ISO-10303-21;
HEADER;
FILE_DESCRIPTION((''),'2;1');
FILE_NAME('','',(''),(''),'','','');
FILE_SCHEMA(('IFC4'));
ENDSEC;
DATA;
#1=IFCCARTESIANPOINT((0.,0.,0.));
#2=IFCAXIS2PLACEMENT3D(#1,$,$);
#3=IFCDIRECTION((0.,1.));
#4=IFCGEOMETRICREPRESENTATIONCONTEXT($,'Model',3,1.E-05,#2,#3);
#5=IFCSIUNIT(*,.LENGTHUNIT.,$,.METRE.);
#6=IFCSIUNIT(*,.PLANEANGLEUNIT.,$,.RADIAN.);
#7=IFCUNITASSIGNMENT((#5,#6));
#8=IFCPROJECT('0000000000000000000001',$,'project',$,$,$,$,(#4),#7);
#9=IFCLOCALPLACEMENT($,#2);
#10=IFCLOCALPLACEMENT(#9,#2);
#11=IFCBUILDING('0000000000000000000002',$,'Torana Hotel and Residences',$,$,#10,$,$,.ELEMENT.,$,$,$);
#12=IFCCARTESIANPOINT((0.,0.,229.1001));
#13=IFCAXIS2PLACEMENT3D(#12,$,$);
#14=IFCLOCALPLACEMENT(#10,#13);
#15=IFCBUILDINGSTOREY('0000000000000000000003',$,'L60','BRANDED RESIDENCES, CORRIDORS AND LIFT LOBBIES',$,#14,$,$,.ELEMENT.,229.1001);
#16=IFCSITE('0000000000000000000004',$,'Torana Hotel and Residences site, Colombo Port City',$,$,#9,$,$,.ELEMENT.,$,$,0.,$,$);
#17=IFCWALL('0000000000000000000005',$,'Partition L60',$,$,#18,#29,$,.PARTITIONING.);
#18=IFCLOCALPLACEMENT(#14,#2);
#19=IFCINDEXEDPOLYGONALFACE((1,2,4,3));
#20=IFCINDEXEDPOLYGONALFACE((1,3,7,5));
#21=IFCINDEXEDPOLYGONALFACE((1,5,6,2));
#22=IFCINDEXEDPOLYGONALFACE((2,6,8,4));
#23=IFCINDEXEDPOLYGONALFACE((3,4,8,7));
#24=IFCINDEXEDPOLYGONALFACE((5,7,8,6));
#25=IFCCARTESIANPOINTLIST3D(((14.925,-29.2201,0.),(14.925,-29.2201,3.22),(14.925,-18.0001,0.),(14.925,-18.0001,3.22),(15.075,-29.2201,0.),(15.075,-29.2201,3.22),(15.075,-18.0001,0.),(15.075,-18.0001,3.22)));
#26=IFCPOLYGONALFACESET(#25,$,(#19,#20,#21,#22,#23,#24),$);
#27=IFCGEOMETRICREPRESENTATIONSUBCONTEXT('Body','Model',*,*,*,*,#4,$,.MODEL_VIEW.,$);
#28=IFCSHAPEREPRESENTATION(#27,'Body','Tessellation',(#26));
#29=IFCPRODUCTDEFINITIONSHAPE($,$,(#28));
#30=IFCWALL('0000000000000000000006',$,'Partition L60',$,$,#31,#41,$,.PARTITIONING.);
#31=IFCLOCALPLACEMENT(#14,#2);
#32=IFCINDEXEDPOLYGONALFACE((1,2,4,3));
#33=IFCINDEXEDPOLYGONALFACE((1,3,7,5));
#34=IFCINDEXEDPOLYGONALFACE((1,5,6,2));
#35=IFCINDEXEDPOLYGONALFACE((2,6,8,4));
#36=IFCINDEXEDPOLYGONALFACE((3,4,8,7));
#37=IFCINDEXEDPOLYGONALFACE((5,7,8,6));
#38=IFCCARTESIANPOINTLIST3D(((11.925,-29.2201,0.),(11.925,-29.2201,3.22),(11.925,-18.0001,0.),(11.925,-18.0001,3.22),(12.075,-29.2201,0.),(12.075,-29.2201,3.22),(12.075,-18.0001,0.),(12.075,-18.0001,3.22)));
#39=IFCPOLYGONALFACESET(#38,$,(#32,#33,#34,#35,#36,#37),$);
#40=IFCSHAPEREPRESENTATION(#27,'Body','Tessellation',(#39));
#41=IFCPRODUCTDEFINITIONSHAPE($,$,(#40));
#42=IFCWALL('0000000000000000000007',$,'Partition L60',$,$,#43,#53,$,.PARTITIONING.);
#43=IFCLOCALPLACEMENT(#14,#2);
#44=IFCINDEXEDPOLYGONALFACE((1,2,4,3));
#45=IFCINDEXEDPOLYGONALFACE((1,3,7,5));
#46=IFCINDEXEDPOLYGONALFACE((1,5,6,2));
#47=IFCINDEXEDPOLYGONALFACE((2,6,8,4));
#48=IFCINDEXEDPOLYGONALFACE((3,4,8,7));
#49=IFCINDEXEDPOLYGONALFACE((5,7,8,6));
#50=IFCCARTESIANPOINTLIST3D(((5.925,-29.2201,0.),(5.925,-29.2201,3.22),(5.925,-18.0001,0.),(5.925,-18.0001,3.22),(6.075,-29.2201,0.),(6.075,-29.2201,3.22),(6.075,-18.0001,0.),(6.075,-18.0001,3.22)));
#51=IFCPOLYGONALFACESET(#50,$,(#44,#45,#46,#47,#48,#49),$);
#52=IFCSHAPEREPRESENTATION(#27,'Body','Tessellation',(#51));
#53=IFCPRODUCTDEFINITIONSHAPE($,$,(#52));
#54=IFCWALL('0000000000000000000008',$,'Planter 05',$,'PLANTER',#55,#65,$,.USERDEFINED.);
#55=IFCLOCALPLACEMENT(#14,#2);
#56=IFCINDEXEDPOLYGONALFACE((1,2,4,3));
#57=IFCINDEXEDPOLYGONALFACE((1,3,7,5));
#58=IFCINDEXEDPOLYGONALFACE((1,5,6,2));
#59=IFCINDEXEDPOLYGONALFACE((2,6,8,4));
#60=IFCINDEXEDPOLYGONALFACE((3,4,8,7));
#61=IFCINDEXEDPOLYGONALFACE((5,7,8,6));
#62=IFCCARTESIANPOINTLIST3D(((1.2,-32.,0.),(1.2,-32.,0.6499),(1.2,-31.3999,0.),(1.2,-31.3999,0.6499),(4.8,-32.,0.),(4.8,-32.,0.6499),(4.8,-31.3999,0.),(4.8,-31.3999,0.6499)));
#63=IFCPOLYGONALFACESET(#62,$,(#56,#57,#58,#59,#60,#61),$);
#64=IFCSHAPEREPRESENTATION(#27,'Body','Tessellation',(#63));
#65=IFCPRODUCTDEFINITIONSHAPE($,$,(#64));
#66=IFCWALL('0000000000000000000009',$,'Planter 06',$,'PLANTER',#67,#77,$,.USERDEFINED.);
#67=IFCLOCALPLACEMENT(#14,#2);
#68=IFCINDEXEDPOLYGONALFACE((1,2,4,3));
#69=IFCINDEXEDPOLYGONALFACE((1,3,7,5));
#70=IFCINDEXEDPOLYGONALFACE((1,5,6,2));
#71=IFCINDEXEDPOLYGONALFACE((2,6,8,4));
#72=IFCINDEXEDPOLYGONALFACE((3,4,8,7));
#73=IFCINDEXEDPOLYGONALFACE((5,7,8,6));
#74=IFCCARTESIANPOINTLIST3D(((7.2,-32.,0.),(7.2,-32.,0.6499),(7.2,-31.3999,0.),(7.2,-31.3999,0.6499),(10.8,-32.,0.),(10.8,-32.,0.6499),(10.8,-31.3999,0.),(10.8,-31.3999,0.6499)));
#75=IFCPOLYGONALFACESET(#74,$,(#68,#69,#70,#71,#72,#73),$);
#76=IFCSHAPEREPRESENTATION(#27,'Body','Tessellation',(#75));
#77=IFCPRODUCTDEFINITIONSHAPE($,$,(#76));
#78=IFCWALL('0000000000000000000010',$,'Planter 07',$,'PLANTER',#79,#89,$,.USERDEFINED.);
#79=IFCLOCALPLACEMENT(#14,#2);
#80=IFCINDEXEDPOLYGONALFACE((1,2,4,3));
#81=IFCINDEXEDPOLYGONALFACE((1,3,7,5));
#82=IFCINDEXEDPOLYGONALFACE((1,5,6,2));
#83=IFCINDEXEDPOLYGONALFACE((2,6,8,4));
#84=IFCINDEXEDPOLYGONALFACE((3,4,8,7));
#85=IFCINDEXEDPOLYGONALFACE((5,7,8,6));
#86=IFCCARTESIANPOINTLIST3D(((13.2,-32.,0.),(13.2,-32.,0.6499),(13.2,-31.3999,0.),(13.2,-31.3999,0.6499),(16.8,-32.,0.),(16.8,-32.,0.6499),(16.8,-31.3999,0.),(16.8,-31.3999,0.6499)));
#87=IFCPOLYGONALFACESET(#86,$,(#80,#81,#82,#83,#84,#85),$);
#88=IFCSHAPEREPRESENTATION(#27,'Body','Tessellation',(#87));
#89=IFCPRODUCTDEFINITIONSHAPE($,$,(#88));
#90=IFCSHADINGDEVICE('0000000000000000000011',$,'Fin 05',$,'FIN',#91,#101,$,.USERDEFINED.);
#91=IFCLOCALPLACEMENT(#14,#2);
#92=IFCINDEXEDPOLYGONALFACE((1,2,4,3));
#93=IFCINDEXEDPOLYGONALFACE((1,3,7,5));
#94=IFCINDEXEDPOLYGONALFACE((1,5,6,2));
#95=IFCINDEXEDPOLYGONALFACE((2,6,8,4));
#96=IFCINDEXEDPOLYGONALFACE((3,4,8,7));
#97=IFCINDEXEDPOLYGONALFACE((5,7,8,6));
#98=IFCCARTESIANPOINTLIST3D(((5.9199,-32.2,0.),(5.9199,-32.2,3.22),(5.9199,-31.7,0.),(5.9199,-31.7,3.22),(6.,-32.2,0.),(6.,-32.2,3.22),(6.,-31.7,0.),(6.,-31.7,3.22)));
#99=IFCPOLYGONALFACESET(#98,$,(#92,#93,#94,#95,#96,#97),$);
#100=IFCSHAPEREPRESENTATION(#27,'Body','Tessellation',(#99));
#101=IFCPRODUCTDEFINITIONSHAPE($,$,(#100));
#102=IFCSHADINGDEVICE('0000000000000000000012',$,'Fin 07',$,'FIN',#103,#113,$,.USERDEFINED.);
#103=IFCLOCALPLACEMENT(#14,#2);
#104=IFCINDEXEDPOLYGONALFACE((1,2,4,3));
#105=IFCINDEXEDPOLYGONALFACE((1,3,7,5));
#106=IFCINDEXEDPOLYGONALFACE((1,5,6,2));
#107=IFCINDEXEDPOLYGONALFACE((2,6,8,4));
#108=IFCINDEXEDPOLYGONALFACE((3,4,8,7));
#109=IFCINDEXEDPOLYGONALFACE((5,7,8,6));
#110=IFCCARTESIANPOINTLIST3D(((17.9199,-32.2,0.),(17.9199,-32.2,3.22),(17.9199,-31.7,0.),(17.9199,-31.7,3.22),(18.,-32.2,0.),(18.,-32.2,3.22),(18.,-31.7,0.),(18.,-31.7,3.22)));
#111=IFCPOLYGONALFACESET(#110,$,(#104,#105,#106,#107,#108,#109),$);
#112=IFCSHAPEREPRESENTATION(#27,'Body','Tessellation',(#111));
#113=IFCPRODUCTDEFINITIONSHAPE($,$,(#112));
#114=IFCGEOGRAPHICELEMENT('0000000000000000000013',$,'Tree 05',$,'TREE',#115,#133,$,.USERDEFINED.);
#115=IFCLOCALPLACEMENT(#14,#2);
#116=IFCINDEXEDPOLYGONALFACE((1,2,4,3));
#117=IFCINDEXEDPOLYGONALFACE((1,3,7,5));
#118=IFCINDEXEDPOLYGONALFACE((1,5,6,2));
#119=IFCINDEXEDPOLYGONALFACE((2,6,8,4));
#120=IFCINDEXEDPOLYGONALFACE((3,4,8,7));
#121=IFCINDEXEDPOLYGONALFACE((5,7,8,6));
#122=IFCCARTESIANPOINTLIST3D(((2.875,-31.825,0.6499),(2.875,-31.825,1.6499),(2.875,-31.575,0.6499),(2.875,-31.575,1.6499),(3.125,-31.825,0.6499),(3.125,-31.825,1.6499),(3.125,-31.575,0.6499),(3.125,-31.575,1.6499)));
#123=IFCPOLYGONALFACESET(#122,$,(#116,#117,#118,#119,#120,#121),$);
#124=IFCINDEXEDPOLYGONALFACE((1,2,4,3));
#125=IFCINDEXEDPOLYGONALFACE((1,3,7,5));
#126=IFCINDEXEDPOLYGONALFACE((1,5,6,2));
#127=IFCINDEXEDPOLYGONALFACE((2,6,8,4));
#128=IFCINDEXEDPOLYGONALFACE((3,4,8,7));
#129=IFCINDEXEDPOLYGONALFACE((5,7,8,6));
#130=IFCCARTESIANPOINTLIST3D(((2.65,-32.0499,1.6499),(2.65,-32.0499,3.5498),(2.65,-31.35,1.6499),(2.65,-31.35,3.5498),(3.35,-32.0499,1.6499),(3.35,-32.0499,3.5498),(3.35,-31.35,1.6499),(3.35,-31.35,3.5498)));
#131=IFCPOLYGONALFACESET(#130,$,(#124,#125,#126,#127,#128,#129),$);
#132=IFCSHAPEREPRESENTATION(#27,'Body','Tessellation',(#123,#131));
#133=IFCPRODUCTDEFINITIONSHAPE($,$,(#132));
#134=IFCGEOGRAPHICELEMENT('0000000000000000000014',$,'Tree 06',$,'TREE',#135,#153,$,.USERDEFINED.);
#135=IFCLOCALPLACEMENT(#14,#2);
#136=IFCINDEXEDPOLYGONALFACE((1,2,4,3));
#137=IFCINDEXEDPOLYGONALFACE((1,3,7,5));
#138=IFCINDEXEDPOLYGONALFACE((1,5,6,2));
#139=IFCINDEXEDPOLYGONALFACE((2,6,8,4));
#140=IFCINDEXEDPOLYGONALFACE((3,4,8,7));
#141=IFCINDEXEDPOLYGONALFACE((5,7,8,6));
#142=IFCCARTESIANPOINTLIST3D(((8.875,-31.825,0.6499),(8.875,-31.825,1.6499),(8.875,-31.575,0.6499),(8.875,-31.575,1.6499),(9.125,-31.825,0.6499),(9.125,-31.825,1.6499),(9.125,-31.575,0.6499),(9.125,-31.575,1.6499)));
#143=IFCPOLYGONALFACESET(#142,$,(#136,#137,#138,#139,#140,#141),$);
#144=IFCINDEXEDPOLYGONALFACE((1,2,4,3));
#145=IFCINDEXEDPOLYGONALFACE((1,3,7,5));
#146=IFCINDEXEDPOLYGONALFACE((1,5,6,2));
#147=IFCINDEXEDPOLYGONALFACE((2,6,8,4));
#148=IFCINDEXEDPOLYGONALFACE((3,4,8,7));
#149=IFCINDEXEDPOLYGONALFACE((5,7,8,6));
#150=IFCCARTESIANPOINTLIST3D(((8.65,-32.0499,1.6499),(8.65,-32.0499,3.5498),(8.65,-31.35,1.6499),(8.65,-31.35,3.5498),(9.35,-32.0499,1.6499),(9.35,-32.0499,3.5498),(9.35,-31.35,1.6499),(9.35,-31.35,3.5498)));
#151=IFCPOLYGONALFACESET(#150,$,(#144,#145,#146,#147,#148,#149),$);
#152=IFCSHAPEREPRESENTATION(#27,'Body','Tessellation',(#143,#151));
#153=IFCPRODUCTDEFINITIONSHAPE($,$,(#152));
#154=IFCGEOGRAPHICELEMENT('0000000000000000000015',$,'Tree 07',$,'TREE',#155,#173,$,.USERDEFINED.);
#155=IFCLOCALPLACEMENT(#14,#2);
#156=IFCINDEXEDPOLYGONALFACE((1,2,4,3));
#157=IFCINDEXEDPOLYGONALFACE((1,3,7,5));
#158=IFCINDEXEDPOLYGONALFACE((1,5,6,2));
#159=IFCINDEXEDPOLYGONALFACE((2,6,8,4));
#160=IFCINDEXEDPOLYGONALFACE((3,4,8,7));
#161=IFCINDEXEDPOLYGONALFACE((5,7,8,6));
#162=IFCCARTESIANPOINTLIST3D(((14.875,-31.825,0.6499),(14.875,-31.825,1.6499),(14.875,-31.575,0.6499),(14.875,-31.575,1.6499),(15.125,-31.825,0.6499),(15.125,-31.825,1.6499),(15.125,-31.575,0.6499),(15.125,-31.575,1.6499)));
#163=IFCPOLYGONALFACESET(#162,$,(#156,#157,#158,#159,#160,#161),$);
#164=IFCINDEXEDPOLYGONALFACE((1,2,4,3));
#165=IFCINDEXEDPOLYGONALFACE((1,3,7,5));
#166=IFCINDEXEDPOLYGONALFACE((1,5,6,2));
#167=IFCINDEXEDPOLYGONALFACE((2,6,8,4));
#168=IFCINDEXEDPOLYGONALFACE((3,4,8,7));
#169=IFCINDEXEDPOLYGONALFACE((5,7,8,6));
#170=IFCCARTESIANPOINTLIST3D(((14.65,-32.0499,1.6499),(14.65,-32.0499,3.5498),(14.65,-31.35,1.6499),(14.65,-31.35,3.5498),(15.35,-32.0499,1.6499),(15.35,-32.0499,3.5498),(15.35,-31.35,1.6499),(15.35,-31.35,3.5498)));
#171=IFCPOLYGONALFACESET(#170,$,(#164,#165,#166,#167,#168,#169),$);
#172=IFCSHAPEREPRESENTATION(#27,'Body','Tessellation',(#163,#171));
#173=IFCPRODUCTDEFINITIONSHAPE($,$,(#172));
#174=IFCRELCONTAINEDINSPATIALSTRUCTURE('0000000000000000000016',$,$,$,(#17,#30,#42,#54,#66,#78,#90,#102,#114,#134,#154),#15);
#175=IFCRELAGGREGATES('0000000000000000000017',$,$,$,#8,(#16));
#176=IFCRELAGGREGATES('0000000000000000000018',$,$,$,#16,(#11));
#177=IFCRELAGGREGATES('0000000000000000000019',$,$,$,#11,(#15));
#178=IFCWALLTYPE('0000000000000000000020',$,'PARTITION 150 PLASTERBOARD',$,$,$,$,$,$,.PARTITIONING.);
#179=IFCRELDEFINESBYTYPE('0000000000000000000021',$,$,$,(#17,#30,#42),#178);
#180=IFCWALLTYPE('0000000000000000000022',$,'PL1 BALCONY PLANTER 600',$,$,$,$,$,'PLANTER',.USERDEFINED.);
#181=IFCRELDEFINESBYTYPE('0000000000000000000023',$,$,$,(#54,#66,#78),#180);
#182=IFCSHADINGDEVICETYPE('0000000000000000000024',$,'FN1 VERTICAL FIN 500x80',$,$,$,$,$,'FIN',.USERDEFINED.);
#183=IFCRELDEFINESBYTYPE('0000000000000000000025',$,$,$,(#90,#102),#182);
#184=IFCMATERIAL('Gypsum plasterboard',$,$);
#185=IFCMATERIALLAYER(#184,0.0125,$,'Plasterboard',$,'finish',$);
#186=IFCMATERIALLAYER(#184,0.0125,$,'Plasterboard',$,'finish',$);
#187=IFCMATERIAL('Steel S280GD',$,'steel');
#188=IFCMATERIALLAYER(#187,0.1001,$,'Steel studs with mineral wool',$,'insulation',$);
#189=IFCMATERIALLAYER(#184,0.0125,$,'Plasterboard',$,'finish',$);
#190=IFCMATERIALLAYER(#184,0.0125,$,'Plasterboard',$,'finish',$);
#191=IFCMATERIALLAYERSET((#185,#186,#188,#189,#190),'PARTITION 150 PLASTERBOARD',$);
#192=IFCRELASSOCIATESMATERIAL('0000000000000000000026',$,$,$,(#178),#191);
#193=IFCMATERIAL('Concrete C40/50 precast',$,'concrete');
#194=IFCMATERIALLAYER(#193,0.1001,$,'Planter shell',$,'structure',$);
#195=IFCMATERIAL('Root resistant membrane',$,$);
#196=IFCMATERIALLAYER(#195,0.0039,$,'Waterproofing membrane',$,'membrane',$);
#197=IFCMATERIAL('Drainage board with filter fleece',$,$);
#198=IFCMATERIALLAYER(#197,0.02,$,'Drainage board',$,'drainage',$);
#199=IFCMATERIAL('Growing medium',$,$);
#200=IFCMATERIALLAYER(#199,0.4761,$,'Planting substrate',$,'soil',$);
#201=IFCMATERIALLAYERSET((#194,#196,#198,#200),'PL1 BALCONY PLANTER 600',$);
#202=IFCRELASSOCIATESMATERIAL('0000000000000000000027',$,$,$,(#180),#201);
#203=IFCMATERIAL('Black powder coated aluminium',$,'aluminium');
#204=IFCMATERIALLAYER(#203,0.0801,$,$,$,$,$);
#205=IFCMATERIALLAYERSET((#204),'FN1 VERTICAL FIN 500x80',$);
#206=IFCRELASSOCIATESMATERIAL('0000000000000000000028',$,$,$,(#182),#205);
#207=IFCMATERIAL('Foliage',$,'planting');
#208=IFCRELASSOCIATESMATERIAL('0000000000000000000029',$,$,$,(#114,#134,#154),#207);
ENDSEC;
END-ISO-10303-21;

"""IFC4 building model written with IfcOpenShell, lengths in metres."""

from ifc_helpers import new_model, si_unit, direction, frame, frame_2d, origin, origin_2d, place, context, subcontext, project, spatial, rectangle, extrude, material, layer, layer_set, type_object, element, save


model = new_model("IFC4")

# Units and contexts
model_context = context("Model", 3, precision=1e-05, world=origin(), true_north=direction((0.0, 1.0)))
body_context = subcontext(model_context, "Body", "Model", "MODEL_VIEW")
ifc_project = project(units=[si_unit("LENGTHUNIT", "METRE"), si_unit("PLANEANGLEUNIT", "RADIAN")], contexts=[model_context])

# Site, building, storey
site_placement = place(None, origin())
site = spatial("IfcSite", under=ifc_project, at=site_placement, Name="Torana Hotel and Residences site, Colombo Port City", CompositionType="ELEMENT", RefElevation=0.0)
building_placement = place(site_placement, origin())
building = spatial("IfcBuilding", under=site, at=building_placement, Name="Torana Hotel and Residences", CompositionType="ELEMENT")
storey_placement = place(building_placement, frame((0.0, 0.0, 229.1001)))
storey = spatial("IfcBuildingStorey", under=building, at=storey_placement, Name="L60", Description="BRANDED RESIDENCES, CORRIDORS AND LIFT LOBBIES", CompositionType="ELEMENT", Elevation=229.1001)

# Walls
ifc_material_1 = material(Name="Gypsum plasterboard")
ifc_layer_1 = layer(ifc_material_1, 0.0125, Name="Plasterboard", Category="finish")
ifc_layer_2 = layer(ifc_material_1, 0.0125, Name="Plasterboard", Category="finish")
ifc_material_2 = material(Name="Steel S280GD", Category="steel")
ifc_layer_3 = layer(ifc_material_2, 0.1001, Name="Steel studs with mineral wool", Category="insulation")
ifc_layer_4 = layer(ifc_material_1, 0.0125, Name="Plasterboard", Category="finish")
ifc_layer_5 = layer(ifc_material_1, 0.0125, Name="Plasterboard", Category="finish")
ifc_layer_set_1 = layer_set([ifc_layer_1, ifc_layer_2, ifc_layer_3, ifc_layer_4, ifc_layer_5], Name="PARTITION 150 PLASTERBOARD")
wall_type_1 = type_object("IfcWallType", Name="PARTITION 150 PLASTERBOARD", PredefinedType="PARTITIONING", material=ifc_layer_set_1)
for number, where, z_axis, x_axis, name in (
    (1, (15.0, -29.22, 0.0), (0.0, 0.0, 1.0), (0.0, 1.0, 0.0), "Partition L60"),
    (2, (12.0, -29.22, 0.0), (0.0, 0.0, 1.0), (0.0, 1.0, 0.0), "Partition L60"),
    (3, (6.0, -29.22, 0.0), (0.0, 0.0, 1.0), (0.0, 1.0, 0.0), "Partition L60"),
):
    element("IfcWall", number, at=place(storey_placement, frame(where, z_axis=z_axis, x_axis=x_axis)), inside=storey, type_object=wall_type_1, Name=name, PredefinedType="PARTITIONING", context=body_context, shape_type="SweptSolid", body=[
        extrude(rectangle(XDim=11.22, YDim=0.1499, at=frame_2d((5.6099, 0.0))), origin(), (0.0, 0.0, 1.0), 3.22),
    ])
ifc_material_3 = material(Name="Concrete C40/50 precast", Category="concrete")
ifc_layer_6 = layer(ifc_material_3, 0.1001, Name="Planter shell", Category="structure")
ifc_material_4 = material(Name="Root resistant membrane")
ifc_layer_7 = layer(ifc_material_4, 0.0039, Name="Waterproofing membrane", Category="membrane")
ifc_material_5 = material(Name="Drainage board with filter fleece")
ifc_layer_8 = layer(ifc_material_5, 0.02, Name="Drainage board", Category="drainage")
ifc_material_6 = material(Name="Growing medium")
ifc_layer_9 = layer(ifc_material_6, 0.4761, Name="Planting substrate", Category="soil")
ifc_layer_set_2 = layer_set([ifc_layer_6, ifc_layer_7, ifc_layer_8, ifc_layer_9], Name="PL1 BALCONY PLANTER 600")
wall_type_2 = type_object("IfcWallType", Name="PL1 BALCONY PLANTER 600", ElementType="PLANTER", PredefinedType="USERDEFINED", material=ifc_layer_set_2)
for number, where, z_axis, x_axis, name in (
    (4, (4.8, -31.7, 0.0), (0.0, 0.0, 1.0), (-1.0, 0.0, 0.0), "Planter 05"),
    (5, (10.8, -31.7, 0.0), (0.0, 0.0, 1.0), (-1.0, 0.0, 0.0), "Planter 06"),
    (6, (16.8, -31.7, 0.0), (0.0, 0.0, 1.0), (-1.0, 0.0, 0.0), "Planter 07"),
):
    element("IfcWall", number, at=place(storey_placement, frame(where, z_axis=z_axis, x_axis=x_axis)), inside=storey, type_object=wall_type_2, Name=name, ObjectType="PLANTER", PredefinedType="USERDEFINED", context=body_context, shape_type="SweptSolid", body=[
        extrude(rectangle(XDim=3.6001, YDim=0.6001, at=frame_2d((1.8, 0.0))), origin(), (0.0, 0.0, 1.0), 0.6499),
    ])

# Shading devices
ifc_material_7 = material(Name="Black powder coated aluminium", Category="aluminium")
ifc_layer_10 = layer(ifc_material_7, 0.0801)
ifc_layer_set_3 = layer_set([ifc_layer_10], Name="FN1 VERTICAL FIN 500x80")
shading_device_type = type_object("IfcShadingDeviceType", Name="FN1 VERTICAL FIN 500x80", ElementType="FIN", PredefinedType="USERDEFINED", material=ifc_layer_set_3)
for number, where, z_axis, x_axis, name in (
    (7, (5.96, -31.95, 0.0), (0.0, 0.0, 1.0), (-1.0, 0.0, 0.0), "Fin 05"),
    (8, (17.96, -31.95, 0.0), (0.0, 0.0, 1.0), (-1.0, 0.0, 0.0), "Fin 07"),
):
    element("IfcShadingDevice", number, at=place(storey_placement, frame(where, z_axis=z_axis, x_axis=x_axis)), inside=storey, type_object=shading_device_type, Name=name, ObjectType="FIN", PredefinedType="USERDEFINED", context=body_context, shape_type="SweptSolid", body=[
        extrude(rectangle(XDim=0.0801, YDim=0.5, at=origin_2d()), origin(), (0.0, 0.0, 1.0), 3.22),
    ])

# Geographic elements
ifc_material_8 = material(Name="Foliage", Category="planting")
for number, where, z_axis, x_axis, name in (
    (9, (3.0, -31.7, 0.6499), (0.0, 0.0, 1.0), (1.0, 0.0, 0.0), "Tree 05"),
    (10, (9.0, -31.7, 0.6499), (0.0, 0.0, 1.0), (1.0, 0.0, 0.0), "Tree 06"),
    (11, (15.0, -31.7, 0.6499), (0.0, 0.0, 1.0), (1.0, 0.0, 0.0), "Tree 07"),
):
    element("IfcGeographicElement", number, at=place(storey_placement, frame(where, z_axis=z_axis, x_axis=x_axis)), inside=storey, material=ifc_material_8, Name=name, ObjectType="TREE", PredefinedType="USERDEFINED", context=body_context, shape_type="SweptSolid", body=[
        extrude(rectangle(XDim=0.25, YDim=0.25, at=origin_2d()), origin(), (0.0, 0.0, 1.0), 1.0),
        extrude(rectangle(XDim=0.7, YDim=0.7, at=origin_2d()), frame((0.0, 0.0, 1.0)), (0.0, 0.0, 1.0), 1.8999),
    ])

save(model, "model.ifc")
